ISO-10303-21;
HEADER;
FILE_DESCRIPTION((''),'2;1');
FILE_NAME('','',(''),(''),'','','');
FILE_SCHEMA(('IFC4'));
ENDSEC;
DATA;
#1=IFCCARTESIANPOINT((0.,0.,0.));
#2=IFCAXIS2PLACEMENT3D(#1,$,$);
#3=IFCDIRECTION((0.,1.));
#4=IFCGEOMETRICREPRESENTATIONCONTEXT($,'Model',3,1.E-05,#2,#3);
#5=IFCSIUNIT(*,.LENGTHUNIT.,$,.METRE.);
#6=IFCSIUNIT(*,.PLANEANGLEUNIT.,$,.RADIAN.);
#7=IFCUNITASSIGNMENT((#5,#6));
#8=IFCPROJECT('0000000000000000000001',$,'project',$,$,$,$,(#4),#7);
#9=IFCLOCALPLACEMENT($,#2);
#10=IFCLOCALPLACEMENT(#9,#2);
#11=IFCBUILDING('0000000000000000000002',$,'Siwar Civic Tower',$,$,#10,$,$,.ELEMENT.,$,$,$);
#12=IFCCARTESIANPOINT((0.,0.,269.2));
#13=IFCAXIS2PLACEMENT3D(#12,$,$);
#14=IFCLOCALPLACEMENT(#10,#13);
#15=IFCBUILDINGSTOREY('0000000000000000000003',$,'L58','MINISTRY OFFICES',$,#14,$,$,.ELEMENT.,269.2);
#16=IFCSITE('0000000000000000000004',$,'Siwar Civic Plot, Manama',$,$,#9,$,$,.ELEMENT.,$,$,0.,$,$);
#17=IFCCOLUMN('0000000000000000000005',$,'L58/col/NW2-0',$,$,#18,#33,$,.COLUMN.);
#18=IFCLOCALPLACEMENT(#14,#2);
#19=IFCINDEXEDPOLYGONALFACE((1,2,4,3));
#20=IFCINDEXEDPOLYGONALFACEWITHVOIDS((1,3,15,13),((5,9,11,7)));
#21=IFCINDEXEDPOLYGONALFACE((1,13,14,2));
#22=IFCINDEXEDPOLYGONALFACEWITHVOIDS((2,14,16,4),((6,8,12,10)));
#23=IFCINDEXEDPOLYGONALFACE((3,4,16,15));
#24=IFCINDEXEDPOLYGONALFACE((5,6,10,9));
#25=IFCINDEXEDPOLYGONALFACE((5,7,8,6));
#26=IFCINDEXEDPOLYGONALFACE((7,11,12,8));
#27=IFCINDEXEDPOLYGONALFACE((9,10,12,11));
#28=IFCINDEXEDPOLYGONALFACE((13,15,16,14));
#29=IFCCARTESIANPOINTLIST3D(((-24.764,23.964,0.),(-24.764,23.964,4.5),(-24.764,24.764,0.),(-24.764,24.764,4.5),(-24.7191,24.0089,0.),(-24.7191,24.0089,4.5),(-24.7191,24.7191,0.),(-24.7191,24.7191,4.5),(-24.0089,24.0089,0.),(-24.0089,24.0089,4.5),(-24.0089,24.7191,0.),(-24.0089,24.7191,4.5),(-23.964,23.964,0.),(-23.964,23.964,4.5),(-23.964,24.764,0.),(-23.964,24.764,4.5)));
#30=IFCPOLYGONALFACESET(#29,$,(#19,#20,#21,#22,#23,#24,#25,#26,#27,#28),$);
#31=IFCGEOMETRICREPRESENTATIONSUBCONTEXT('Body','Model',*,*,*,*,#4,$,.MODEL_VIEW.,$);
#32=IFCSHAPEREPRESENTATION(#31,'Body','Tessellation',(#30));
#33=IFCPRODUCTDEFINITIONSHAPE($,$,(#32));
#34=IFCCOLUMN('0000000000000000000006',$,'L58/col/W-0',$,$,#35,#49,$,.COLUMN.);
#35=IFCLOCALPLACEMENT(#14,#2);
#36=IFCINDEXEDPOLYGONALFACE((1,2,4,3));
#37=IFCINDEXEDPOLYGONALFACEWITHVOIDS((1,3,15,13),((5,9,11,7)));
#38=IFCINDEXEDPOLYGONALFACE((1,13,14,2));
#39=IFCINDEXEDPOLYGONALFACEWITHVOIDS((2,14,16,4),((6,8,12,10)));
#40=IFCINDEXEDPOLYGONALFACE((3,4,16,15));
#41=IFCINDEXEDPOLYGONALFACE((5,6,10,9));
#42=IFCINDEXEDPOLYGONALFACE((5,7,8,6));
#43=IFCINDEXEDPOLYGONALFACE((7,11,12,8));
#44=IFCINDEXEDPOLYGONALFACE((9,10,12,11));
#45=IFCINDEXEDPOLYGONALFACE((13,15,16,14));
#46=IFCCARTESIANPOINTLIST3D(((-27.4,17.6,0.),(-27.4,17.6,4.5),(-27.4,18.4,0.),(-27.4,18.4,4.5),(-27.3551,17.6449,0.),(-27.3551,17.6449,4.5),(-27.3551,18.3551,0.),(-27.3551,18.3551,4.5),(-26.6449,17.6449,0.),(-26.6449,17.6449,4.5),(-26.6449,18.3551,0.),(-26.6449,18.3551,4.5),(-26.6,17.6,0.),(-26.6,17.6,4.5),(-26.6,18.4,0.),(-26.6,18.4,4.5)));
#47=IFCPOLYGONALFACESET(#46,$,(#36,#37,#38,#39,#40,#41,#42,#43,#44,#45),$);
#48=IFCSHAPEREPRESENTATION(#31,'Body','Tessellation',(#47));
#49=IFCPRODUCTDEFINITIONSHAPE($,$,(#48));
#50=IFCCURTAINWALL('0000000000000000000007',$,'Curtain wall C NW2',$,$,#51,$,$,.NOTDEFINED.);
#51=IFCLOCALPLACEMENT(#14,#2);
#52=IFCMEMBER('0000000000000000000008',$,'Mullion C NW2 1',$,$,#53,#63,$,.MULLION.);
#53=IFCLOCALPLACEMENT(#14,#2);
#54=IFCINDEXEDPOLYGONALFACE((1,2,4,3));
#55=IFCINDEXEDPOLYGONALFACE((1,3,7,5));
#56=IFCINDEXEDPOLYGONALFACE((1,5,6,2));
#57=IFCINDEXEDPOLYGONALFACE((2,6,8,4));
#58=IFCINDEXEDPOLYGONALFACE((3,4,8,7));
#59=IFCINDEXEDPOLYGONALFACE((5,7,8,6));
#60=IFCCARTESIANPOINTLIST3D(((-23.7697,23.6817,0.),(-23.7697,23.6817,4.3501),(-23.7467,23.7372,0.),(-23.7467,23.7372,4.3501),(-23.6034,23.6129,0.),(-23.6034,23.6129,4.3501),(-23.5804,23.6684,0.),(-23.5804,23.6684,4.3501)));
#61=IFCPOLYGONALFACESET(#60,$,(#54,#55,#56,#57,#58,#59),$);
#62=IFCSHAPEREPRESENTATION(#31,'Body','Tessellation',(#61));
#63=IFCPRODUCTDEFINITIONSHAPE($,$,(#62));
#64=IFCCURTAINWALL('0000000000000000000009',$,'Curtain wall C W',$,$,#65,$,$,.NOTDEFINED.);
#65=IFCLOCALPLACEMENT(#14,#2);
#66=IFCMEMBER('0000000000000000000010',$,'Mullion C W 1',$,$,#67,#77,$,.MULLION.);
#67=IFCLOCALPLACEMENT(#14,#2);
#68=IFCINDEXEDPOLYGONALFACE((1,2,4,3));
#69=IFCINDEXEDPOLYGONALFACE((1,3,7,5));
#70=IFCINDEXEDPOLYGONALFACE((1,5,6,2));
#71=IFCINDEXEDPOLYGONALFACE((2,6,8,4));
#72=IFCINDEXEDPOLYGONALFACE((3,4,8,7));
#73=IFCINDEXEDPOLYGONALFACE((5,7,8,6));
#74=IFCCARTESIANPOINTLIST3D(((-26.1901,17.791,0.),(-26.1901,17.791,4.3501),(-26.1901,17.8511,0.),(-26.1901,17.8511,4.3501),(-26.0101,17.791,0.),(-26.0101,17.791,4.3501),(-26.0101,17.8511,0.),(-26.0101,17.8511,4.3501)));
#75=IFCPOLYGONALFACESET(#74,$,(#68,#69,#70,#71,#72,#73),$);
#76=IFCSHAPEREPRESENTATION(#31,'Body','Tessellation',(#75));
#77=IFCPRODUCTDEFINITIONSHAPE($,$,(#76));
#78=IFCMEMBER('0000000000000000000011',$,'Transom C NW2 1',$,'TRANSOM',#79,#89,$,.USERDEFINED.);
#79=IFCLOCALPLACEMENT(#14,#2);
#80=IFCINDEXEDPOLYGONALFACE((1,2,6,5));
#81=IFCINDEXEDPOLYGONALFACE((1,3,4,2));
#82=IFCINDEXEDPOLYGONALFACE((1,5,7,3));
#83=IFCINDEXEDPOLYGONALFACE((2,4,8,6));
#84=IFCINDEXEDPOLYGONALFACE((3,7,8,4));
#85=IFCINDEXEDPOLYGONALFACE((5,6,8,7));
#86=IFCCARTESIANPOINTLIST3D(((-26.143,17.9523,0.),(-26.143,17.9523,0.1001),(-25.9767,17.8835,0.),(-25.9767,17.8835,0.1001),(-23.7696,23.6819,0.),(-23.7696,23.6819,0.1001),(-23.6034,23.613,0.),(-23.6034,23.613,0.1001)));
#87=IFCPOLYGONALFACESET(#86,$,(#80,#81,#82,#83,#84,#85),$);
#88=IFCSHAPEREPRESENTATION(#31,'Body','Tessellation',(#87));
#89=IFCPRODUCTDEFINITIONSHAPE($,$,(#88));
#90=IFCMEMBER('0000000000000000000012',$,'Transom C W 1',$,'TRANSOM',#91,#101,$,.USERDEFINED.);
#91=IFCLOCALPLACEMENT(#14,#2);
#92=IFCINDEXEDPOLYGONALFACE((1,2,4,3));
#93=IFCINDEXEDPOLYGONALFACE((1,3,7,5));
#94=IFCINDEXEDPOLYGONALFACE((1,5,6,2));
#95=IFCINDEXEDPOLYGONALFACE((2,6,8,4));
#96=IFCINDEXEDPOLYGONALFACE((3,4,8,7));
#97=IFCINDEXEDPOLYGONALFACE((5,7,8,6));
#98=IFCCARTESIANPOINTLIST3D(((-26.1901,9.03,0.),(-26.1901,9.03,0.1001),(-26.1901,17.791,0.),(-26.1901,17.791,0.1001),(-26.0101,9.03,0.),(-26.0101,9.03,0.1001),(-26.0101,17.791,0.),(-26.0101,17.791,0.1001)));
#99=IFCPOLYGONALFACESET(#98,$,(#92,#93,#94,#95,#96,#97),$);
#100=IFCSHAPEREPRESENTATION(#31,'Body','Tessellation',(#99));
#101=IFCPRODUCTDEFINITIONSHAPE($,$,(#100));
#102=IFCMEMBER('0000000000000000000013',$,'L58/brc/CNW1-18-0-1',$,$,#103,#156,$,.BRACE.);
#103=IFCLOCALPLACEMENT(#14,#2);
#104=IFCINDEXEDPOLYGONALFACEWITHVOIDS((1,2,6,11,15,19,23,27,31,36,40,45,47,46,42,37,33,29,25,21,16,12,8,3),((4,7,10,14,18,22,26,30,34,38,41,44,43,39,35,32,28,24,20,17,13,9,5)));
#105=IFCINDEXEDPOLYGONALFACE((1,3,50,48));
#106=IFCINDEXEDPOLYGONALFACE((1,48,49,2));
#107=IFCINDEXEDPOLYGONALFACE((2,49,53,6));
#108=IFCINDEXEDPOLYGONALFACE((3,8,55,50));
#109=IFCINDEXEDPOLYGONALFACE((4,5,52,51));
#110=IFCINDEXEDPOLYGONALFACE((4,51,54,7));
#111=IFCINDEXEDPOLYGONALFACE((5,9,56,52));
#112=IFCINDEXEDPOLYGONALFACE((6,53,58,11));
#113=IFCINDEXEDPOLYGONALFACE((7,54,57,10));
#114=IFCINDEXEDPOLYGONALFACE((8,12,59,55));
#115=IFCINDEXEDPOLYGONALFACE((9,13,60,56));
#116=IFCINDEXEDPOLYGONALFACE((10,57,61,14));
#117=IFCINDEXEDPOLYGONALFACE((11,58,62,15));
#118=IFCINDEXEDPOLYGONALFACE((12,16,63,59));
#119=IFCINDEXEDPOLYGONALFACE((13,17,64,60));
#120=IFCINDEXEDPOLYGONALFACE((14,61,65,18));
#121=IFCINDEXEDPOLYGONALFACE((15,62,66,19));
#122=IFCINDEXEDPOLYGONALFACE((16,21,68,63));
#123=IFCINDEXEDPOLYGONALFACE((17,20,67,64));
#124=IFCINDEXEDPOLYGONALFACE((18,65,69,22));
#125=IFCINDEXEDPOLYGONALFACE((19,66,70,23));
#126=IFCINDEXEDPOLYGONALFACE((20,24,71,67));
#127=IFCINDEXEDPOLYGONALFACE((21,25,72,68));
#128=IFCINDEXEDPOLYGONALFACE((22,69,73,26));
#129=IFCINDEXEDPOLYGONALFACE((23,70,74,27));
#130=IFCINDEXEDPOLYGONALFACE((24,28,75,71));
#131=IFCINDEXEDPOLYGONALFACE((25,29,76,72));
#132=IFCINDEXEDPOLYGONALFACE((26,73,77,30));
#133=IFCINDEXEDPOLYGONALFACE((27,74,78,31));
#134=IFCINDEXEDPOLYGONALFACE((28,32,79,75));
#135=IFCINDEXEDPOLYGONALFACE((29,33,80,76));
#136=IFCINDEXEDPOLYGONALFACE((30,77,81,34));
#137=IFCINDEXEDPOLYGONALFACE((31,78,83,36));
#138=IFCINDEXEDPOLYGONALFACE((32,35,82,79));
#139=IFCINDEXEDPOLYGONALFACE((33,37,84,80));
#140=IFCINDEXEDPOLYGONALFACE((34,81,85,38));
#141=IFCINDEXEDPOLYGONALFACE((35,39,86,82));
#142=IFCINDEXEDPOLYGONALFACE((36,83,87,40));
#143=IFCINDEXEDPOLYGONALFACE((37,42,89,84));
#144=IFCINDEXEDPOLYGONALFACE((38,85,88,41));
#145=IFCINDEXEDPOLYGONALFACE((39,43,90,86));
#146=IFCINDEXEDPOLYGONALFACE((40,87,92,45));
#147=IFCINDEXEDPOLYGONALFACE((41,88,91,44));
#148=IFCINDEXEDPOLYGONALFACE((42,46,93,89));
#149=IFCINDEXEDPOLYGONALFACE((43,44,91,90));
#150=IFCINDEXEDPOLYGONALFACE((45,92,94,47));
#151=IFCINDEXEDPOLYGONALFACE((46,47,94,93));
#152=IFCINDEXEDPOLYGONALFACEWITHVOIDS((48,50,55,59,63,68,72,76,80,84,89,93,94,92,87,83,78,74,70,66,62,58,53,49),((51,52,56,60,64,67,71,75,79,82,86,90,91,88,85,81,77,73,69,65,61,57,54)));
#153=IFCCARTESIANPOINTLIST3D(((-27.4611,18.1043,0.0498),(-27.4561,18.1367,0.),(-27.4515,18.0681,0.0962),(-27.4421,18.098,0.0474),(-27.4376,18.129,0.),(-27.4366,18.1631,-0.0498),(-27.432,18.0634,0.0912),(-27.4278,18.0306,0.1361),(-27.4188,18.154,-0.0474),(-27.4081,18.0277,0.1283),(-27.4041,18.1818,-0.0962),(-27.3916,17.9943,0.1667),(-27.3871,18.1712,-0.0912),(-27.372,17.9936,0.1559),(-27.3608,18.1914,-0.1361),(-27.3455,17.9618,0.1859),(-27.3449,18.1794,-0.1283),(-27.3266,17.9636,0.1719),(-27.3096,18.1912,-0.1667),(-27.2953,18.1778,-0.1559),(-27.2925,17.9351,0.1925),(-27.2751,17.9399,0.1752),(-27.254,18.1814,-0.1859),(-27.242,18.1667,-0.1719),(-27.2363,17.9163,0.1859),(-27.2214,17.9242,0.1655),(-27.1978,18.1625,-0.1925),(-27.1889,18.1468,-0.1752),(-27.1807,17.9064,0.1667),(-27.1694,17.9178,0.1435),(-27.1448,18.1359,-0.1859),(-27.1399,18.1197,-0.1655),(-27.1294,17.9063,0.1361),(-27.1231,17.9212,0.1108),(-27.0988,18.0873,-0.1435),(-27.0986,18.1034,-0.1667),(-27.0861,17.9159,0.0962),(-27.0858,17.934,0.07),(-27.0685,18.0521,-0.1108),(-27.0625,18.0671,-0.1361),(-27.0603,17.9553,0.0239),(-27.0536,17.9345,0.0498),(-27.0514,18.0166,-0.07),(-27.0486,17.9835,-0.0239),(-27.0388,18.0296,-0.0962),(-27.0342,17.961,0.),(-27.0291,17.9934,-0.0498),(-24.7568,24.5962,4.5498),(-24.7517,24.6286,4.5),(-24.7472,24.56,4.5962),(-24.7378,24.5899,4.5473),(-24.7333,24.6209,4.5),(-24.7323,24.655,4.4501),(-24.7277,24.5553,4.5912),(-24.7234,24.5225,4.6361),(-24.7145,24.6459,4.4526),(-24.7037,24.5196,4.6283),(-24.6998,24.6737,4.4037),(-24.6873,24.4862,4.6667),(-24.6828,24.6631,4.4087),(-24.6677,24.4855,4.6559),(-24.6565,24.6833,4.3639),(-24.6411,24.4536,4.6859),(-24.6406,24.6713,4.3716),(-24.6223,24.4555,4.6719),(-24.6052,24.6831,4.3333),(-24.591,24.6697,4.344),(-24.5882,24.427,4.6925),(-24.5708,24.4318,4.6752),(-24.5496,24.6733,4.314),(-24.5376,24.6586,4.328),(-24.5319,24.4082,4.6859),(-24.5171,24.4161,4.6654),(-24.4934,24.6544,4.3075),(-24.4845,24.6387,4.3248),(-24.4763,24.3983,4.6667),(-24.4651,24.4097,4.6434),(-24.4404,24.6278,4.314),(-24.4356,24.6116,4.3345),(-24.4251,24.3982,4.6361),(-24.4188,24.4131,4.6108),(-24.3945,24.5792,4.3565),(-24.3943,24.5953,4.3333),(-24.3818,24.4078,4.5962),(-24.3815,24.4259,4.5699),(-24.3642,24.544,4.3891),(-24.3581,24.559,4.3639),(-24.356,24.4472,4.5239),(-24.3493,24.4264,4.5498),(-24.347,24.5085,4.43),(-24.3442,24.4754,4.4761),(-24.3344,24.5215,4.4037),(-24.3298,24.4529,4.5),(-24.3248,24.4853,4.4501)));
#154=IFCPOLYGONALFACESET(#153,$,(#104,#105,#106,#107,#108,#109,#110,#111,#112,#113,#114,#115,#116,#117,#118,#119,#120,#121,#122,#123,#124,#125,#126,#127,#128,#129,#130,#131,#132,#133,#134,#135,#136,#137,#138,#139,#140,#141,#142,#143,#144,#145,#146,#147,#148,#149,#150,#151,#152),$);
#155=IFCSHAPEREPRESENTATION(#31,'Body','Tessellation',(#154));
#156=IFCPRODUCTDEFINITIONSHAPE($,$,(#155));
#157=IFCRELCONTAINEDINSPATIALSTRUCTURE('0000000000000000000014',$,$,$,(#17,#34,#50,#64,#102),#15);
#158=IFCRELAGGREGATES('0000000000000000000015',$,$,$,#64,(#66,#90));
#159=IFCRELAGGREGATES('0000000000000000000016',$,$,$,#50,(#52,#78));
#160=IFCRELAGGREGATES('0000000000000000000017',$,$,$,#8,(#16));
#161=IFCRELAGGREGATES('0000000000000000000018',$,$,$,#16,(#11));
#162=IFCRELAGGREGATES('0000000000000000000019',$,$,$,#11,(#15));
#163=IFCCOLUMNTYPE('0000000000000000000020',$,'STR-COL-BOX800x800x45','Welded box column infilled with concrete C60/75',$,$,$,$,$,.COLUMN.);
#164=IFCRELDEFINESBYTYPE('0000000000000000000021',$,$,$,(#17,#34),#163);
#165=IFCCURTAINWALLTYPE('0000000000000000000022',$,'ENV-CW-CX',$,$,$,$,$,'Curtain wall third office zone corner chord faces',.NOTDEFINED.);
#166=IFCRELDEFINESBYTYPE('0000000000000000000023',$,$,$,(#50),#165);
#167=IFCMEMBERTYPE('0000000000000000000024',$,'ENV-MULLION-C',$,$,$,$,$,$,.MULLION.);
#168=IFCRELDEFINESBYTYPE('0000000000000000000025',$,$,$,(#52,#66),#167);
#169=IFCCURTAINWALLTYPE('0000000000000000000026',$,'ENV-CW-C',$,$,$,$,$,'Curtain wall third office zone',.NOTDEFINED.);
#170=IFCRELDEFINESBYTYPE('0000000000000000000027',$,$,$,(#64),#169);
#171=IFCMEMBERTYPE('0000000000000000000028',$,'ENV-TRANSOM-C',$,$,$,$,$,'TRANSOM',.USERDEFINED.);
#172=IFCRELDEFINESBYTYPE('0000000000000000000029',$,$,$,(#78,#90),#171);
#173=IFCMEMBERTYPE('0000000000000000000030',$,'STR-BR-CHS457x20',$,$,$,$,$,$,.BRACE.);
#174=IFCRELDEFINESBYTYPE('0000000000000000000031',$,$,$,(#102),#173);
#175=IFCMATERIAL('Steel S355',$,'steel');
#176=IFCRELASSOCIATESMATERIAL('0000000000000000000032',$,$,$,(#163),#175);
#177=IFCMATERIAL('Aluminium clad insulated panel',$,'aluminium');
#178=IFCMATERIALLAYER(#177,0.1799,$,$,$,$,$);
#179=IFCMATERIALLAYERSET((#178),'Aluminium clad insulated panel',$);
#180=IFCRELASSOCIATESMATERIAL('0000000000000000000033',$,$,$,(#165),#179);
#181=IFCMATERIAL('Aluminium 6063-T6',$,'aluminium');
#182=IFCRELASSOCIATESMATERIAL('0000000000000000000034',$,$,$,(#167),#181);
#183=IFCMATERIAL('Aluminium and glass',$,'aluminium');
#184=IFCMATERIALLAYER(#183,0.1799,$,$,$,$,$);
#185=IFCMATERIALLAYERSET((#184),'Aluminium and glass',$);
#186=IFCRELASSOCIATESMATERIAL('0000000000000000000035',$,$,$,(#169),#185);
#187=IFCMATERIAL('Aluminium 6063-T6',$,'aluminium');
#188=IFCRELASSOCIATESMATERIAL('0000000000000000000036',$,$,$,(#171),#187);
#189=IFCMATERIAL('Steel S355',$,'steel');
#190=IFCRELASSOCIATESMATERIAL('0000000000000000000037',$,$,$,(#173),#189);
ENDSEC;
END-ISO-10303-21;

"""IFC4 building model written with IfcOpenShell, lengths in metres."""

from ifc_helpers import new_model, si_unit, direction, frame, origin, origin_2d, place, context, subcontext, project, spatial, rectangle, hollow_rectangle, hollow_circle, extrude, material, layer, layer_set, material_profile, profile_set, type_object, element, aggregate, save


model = new_model("IFC4")

# Units and contexts
model_context = context("Model", 3, precision=1e-05, world=origin(), true_north=direction((0.0, 1.0)))
body_context = subcontext(model_context, "Body", "Model", "MODEL_VIEW")
ifc_project = project(units=[si_unit("LENGTHUNIT", "METRE"), si_unit("PLANEANGLEUNIT", "RADIAN")], contexts=[model_context])

# Site, building, storey
site_placement = place(None, origin())
site = spatial("IfcSite", under=ifc_project, at=site_placement, Name="Siwar Civic Plot, Manama", CompositionType="ELEMENT", RefElevation=0.0)
building_placement = place(site_placement, origin())
building = spatial("IfcBuilding", under=site, at=building_placement, Name="Siwar Civic Tower", CompositionType="ELEMENT")
storey_placement = place(building_placement, frame((0.0, 0.0, 269.2)))
storey = spatial("IfcBuildingStorey", under=building, at=storey_placement, Name="L58", Description="MINISTRY OFFICES", CompositionType="ELEMENT", Elevation=269.2)

# Columns
ifc_material_1 = material(Name="Steel S355", Category="steel")
ifc_material_profile_1 = material_profile(ifc_material_1, hollow_rectangle(XDim=0.8, YDim=0.8, WallThickness=0.0449, at=origin_2d()), Name="BOX800x800x45")
ifc_profile_set_1 = profile_set([ifc_material_profile_1], Name="Steel S355")
column_type = type_object("IfcColumnType", Name="STR-COL-BOX800x800x45", Description="Welded box column infilled with concrete C60/75", PredefinedType="COLUMN", material=ifc_profile_set_1)
for number, where, z_axis, x_axis, name in (
    (1, (-24.364, 24.364, 0.0), (0.0, 0.0, 1.0), (1.0, 0.0, 0.0), "L58/col/NW2-0"),
    (2, (-27.0, 18.0, 0.0), (0.0, 0.0, 1.0), (1.0, 0.0, 0.0), "L58/col/W-0"),
):
    element("IfcColumn", number, at=place(storey_placement, frame(where, z_axis=z_axis, x_axis=x_axis)), inside=storey, type_object=column_type, Name=name, PredefinedType="COLUMN", context=body_context, shape_type="SweptSolid", body=[
        extrude(hollow_rectangle(XDim=0.8, YDim=0.8, WallThickness=0.0449, at=origin_2d()), origin(), (0.0, 0.0, 1.0), 4.5),
    ])

# Curtain walls, members
ifc_material_2 = material(Name="Aluminium clad insulated panel", Category="aluminium")
ifc_layer_1 = layer(ifc_material_2, 0.1799)
ifc_layer_set_1 = layer_set([ifc_layer_1], Name="Aluminium clad insulated panel")
curtain_wall_type_1 = type_object("IfcCurtainWallType", Name="ENV-CW-CX", ElementType="Curtain wall third office zone corner chord faces", PredefinedType="NOTDEFINED", material=ifc_layer_set_1)
curtain_wall_1_placement = place(storey_placement, origin())
curtain_wall_1 = element("IfcCurtainWall", 3, at=curtain_wall_1_placement, inside=storey, type_object=curtain_wall_type_1, Name="Curtain wall C NW2", PredefinedType="NOTDEFINED")
ifc_material_3 = material(Name="Aluminium 6063-T6", Category="aluminium")
ifc_material_profile_2 = material_profile(ifc_material_3, rectangle(XDim=0.1799, YDim=0.0601, at=origin_2d()), Name="AL 180x60")
ifc_profile_set_2 = profile_set([ifc_material_profile_2], Name="Aluminium 6063-T6")
member_type_1 = type_object("IfcMemberType", Name="ENV-MULLION-C", PredefinedType="MULLION", material=ifc_profile_set_2)
member_1_placement = place(storey_placement, frame((-23.675, 23.675, 0.0), z_axis=(0.0, 0.0, 1.0), x_axis=(0.92388, -0.382683, 0.0)))
member_1 = element("IfcMember", 4, at=member_1_placement, type_object=member_type_1, Name="Mullion C NW2 1", PredefinedType="MULLION", context=body_context, shape_type="SweptSolid", body=[
    extrude(rectangle(XDim=0.1799, YDim=0.0601, at=origin_2d()), origin(), (0.0, 0.0, 1.0), 4.3501),
])
ifc_material_4 = material(Name="Aluminium and glass", Category="aluminium")
ifc_layer_2 = layer(ifc_material_4, 0.1799)
ifc_layer_set_2 = layer_set([ifc_layer_2], Name="Aluminium and glass")
curtain_wall_type_2 = type_object("IfcCurtainWallType", Name="ENV-CW-C", ElementType="Curtain wall third office zone", PredefinedType="NOTDEFINED", material=ifc_layer_set_2)
curtain_wall_2_placement = place(storey_placement, origin())
curtain_wall_2 = element("IfcCurtainWall", 5, at=curtain_wall_2_placement, inside=storey, type_object=curtain_wall_type_2, Name="Curtain wall C W", PredefinedType="NOTDEFINED")
member_2_placement = place(storey_placement, frame((-26.1001, 17.821, 0.0), z_axis=(0.0, 0.0, 1.0), x_axis=(1.0, 0.0, 0.0)))
member_2 = element("IfcMember", 6, at=member_2_placement, type_object=member_type_1, Name="Mullion C W 1", PredefinedType="MULLION", context=body_context, shape_type="SweptSolid", body=[
    extrude(rectangle(XDim=0.1799, YDim=0.0601, at=origin_2d()), origin(), (0.0, 0.0, 1.0), 4.3501),
])

# Members
ifc_material_5 = material(Name="Aluminium 6063-T6", Category="aluminium")
ifc_material_profile_3 = material_profile(ifc_material_5, rectangle(XDim=0.1799, YDim=0.1001, at=origin_2d()), Name="AL 180x100")
ifc_profile_set_3 = profile_set([ifc_material_profile_3], Name="Aluminium 6063-T6")
member_type_2 = type_object("IfcMemberType", Name="ENV-TRANSOM-C", ElementType="TRANSOM", PredefinedType="USERDEFINED", material=ifc_profile_set_3)
member_3_placement = place(storey_placement, frame((-23.6865, 23.6475, 0.05), z_axis=(-0.382691, -0.923876, 0.0), x_axis=(0.923876, -0.382691, 0.0)))
member_3 = element("IfcMember", 7, at=member_3_placement, type_object=member_type_2, Name="Transom C NW2 1", ObjectType="TRANSOM", PredefinedType="USERDEFINED", context=body_context, shape_type="SweptSolid", body=[
    extrude(rectangle(XDim=0.1799, YDim=0.1001, at=origin_2d()), origin(), (0.0, 0.0, 1.0), 6.2017),
])
member_4_placement = place(storey_placement, frame((-26.1001, 17.791, 0.05), z_axis=(0.0, -1.0, 0.0), x_axis=(1.0, 0.0, 0.0)))
member_4 = element("IfcMember", 8, at=member_4_placement, type_object=member_type_2, Name="Transom C W 1", ObjectType="TRANSOM", PredefinedType="USERDEFINED", context=body_context, shape_type="SweptSolid", body=[
    extrude(rectangle(XDim=0.1799, YDim=0.1001, at=origin_2d()), origin(), (0.0, 0.0, 1.0), 8.761),
])
aggregate(curtain_wall_2, [member_2, member_4])

# Member
ifc_material_6 = material(Name="Steel S355", Category="steel")
ifc_material_profile_4 = material_profile(ifc_material_6, hollow_circle(Radius=0.2285, WallThickness=0.02, at=origin_2d()), Name="CHS457x20")
ifc_profile_set_4 = profile_set([ifc_material_profile_4], Name="Steel S355")
member_type_3 = type_object("IfcMemberType", Name="STR-BR-CHS457x20", PredefinedType="BRACE", material=ifc_profile_set_4)
member_5_placement = place(storey_placement, frame((-27.2451, 18.0488, 0.0), z_axis=(0.323906, 0.777555, 0.538975), x_axis=(-0.923109, 0.384539, 0.0)))
element("IfcMember", 9, at=member_5_placement, inside=storey, type_object=member_type_3, Name="L58/brc/CNW1-18-0-1", PredefinedType="BRACE", context=body_context, shape_type="SweptSolid", body=[
    extrude(hollow_circle(Radius=0.2285, WallThickness=0.02, at=origin_2d()), origin(), (0.0, 0.0, 1.0), 8.3491),
])

aggregate(curtain_wall_1, [member_1, member_3])

save(model, "model.ifc")
